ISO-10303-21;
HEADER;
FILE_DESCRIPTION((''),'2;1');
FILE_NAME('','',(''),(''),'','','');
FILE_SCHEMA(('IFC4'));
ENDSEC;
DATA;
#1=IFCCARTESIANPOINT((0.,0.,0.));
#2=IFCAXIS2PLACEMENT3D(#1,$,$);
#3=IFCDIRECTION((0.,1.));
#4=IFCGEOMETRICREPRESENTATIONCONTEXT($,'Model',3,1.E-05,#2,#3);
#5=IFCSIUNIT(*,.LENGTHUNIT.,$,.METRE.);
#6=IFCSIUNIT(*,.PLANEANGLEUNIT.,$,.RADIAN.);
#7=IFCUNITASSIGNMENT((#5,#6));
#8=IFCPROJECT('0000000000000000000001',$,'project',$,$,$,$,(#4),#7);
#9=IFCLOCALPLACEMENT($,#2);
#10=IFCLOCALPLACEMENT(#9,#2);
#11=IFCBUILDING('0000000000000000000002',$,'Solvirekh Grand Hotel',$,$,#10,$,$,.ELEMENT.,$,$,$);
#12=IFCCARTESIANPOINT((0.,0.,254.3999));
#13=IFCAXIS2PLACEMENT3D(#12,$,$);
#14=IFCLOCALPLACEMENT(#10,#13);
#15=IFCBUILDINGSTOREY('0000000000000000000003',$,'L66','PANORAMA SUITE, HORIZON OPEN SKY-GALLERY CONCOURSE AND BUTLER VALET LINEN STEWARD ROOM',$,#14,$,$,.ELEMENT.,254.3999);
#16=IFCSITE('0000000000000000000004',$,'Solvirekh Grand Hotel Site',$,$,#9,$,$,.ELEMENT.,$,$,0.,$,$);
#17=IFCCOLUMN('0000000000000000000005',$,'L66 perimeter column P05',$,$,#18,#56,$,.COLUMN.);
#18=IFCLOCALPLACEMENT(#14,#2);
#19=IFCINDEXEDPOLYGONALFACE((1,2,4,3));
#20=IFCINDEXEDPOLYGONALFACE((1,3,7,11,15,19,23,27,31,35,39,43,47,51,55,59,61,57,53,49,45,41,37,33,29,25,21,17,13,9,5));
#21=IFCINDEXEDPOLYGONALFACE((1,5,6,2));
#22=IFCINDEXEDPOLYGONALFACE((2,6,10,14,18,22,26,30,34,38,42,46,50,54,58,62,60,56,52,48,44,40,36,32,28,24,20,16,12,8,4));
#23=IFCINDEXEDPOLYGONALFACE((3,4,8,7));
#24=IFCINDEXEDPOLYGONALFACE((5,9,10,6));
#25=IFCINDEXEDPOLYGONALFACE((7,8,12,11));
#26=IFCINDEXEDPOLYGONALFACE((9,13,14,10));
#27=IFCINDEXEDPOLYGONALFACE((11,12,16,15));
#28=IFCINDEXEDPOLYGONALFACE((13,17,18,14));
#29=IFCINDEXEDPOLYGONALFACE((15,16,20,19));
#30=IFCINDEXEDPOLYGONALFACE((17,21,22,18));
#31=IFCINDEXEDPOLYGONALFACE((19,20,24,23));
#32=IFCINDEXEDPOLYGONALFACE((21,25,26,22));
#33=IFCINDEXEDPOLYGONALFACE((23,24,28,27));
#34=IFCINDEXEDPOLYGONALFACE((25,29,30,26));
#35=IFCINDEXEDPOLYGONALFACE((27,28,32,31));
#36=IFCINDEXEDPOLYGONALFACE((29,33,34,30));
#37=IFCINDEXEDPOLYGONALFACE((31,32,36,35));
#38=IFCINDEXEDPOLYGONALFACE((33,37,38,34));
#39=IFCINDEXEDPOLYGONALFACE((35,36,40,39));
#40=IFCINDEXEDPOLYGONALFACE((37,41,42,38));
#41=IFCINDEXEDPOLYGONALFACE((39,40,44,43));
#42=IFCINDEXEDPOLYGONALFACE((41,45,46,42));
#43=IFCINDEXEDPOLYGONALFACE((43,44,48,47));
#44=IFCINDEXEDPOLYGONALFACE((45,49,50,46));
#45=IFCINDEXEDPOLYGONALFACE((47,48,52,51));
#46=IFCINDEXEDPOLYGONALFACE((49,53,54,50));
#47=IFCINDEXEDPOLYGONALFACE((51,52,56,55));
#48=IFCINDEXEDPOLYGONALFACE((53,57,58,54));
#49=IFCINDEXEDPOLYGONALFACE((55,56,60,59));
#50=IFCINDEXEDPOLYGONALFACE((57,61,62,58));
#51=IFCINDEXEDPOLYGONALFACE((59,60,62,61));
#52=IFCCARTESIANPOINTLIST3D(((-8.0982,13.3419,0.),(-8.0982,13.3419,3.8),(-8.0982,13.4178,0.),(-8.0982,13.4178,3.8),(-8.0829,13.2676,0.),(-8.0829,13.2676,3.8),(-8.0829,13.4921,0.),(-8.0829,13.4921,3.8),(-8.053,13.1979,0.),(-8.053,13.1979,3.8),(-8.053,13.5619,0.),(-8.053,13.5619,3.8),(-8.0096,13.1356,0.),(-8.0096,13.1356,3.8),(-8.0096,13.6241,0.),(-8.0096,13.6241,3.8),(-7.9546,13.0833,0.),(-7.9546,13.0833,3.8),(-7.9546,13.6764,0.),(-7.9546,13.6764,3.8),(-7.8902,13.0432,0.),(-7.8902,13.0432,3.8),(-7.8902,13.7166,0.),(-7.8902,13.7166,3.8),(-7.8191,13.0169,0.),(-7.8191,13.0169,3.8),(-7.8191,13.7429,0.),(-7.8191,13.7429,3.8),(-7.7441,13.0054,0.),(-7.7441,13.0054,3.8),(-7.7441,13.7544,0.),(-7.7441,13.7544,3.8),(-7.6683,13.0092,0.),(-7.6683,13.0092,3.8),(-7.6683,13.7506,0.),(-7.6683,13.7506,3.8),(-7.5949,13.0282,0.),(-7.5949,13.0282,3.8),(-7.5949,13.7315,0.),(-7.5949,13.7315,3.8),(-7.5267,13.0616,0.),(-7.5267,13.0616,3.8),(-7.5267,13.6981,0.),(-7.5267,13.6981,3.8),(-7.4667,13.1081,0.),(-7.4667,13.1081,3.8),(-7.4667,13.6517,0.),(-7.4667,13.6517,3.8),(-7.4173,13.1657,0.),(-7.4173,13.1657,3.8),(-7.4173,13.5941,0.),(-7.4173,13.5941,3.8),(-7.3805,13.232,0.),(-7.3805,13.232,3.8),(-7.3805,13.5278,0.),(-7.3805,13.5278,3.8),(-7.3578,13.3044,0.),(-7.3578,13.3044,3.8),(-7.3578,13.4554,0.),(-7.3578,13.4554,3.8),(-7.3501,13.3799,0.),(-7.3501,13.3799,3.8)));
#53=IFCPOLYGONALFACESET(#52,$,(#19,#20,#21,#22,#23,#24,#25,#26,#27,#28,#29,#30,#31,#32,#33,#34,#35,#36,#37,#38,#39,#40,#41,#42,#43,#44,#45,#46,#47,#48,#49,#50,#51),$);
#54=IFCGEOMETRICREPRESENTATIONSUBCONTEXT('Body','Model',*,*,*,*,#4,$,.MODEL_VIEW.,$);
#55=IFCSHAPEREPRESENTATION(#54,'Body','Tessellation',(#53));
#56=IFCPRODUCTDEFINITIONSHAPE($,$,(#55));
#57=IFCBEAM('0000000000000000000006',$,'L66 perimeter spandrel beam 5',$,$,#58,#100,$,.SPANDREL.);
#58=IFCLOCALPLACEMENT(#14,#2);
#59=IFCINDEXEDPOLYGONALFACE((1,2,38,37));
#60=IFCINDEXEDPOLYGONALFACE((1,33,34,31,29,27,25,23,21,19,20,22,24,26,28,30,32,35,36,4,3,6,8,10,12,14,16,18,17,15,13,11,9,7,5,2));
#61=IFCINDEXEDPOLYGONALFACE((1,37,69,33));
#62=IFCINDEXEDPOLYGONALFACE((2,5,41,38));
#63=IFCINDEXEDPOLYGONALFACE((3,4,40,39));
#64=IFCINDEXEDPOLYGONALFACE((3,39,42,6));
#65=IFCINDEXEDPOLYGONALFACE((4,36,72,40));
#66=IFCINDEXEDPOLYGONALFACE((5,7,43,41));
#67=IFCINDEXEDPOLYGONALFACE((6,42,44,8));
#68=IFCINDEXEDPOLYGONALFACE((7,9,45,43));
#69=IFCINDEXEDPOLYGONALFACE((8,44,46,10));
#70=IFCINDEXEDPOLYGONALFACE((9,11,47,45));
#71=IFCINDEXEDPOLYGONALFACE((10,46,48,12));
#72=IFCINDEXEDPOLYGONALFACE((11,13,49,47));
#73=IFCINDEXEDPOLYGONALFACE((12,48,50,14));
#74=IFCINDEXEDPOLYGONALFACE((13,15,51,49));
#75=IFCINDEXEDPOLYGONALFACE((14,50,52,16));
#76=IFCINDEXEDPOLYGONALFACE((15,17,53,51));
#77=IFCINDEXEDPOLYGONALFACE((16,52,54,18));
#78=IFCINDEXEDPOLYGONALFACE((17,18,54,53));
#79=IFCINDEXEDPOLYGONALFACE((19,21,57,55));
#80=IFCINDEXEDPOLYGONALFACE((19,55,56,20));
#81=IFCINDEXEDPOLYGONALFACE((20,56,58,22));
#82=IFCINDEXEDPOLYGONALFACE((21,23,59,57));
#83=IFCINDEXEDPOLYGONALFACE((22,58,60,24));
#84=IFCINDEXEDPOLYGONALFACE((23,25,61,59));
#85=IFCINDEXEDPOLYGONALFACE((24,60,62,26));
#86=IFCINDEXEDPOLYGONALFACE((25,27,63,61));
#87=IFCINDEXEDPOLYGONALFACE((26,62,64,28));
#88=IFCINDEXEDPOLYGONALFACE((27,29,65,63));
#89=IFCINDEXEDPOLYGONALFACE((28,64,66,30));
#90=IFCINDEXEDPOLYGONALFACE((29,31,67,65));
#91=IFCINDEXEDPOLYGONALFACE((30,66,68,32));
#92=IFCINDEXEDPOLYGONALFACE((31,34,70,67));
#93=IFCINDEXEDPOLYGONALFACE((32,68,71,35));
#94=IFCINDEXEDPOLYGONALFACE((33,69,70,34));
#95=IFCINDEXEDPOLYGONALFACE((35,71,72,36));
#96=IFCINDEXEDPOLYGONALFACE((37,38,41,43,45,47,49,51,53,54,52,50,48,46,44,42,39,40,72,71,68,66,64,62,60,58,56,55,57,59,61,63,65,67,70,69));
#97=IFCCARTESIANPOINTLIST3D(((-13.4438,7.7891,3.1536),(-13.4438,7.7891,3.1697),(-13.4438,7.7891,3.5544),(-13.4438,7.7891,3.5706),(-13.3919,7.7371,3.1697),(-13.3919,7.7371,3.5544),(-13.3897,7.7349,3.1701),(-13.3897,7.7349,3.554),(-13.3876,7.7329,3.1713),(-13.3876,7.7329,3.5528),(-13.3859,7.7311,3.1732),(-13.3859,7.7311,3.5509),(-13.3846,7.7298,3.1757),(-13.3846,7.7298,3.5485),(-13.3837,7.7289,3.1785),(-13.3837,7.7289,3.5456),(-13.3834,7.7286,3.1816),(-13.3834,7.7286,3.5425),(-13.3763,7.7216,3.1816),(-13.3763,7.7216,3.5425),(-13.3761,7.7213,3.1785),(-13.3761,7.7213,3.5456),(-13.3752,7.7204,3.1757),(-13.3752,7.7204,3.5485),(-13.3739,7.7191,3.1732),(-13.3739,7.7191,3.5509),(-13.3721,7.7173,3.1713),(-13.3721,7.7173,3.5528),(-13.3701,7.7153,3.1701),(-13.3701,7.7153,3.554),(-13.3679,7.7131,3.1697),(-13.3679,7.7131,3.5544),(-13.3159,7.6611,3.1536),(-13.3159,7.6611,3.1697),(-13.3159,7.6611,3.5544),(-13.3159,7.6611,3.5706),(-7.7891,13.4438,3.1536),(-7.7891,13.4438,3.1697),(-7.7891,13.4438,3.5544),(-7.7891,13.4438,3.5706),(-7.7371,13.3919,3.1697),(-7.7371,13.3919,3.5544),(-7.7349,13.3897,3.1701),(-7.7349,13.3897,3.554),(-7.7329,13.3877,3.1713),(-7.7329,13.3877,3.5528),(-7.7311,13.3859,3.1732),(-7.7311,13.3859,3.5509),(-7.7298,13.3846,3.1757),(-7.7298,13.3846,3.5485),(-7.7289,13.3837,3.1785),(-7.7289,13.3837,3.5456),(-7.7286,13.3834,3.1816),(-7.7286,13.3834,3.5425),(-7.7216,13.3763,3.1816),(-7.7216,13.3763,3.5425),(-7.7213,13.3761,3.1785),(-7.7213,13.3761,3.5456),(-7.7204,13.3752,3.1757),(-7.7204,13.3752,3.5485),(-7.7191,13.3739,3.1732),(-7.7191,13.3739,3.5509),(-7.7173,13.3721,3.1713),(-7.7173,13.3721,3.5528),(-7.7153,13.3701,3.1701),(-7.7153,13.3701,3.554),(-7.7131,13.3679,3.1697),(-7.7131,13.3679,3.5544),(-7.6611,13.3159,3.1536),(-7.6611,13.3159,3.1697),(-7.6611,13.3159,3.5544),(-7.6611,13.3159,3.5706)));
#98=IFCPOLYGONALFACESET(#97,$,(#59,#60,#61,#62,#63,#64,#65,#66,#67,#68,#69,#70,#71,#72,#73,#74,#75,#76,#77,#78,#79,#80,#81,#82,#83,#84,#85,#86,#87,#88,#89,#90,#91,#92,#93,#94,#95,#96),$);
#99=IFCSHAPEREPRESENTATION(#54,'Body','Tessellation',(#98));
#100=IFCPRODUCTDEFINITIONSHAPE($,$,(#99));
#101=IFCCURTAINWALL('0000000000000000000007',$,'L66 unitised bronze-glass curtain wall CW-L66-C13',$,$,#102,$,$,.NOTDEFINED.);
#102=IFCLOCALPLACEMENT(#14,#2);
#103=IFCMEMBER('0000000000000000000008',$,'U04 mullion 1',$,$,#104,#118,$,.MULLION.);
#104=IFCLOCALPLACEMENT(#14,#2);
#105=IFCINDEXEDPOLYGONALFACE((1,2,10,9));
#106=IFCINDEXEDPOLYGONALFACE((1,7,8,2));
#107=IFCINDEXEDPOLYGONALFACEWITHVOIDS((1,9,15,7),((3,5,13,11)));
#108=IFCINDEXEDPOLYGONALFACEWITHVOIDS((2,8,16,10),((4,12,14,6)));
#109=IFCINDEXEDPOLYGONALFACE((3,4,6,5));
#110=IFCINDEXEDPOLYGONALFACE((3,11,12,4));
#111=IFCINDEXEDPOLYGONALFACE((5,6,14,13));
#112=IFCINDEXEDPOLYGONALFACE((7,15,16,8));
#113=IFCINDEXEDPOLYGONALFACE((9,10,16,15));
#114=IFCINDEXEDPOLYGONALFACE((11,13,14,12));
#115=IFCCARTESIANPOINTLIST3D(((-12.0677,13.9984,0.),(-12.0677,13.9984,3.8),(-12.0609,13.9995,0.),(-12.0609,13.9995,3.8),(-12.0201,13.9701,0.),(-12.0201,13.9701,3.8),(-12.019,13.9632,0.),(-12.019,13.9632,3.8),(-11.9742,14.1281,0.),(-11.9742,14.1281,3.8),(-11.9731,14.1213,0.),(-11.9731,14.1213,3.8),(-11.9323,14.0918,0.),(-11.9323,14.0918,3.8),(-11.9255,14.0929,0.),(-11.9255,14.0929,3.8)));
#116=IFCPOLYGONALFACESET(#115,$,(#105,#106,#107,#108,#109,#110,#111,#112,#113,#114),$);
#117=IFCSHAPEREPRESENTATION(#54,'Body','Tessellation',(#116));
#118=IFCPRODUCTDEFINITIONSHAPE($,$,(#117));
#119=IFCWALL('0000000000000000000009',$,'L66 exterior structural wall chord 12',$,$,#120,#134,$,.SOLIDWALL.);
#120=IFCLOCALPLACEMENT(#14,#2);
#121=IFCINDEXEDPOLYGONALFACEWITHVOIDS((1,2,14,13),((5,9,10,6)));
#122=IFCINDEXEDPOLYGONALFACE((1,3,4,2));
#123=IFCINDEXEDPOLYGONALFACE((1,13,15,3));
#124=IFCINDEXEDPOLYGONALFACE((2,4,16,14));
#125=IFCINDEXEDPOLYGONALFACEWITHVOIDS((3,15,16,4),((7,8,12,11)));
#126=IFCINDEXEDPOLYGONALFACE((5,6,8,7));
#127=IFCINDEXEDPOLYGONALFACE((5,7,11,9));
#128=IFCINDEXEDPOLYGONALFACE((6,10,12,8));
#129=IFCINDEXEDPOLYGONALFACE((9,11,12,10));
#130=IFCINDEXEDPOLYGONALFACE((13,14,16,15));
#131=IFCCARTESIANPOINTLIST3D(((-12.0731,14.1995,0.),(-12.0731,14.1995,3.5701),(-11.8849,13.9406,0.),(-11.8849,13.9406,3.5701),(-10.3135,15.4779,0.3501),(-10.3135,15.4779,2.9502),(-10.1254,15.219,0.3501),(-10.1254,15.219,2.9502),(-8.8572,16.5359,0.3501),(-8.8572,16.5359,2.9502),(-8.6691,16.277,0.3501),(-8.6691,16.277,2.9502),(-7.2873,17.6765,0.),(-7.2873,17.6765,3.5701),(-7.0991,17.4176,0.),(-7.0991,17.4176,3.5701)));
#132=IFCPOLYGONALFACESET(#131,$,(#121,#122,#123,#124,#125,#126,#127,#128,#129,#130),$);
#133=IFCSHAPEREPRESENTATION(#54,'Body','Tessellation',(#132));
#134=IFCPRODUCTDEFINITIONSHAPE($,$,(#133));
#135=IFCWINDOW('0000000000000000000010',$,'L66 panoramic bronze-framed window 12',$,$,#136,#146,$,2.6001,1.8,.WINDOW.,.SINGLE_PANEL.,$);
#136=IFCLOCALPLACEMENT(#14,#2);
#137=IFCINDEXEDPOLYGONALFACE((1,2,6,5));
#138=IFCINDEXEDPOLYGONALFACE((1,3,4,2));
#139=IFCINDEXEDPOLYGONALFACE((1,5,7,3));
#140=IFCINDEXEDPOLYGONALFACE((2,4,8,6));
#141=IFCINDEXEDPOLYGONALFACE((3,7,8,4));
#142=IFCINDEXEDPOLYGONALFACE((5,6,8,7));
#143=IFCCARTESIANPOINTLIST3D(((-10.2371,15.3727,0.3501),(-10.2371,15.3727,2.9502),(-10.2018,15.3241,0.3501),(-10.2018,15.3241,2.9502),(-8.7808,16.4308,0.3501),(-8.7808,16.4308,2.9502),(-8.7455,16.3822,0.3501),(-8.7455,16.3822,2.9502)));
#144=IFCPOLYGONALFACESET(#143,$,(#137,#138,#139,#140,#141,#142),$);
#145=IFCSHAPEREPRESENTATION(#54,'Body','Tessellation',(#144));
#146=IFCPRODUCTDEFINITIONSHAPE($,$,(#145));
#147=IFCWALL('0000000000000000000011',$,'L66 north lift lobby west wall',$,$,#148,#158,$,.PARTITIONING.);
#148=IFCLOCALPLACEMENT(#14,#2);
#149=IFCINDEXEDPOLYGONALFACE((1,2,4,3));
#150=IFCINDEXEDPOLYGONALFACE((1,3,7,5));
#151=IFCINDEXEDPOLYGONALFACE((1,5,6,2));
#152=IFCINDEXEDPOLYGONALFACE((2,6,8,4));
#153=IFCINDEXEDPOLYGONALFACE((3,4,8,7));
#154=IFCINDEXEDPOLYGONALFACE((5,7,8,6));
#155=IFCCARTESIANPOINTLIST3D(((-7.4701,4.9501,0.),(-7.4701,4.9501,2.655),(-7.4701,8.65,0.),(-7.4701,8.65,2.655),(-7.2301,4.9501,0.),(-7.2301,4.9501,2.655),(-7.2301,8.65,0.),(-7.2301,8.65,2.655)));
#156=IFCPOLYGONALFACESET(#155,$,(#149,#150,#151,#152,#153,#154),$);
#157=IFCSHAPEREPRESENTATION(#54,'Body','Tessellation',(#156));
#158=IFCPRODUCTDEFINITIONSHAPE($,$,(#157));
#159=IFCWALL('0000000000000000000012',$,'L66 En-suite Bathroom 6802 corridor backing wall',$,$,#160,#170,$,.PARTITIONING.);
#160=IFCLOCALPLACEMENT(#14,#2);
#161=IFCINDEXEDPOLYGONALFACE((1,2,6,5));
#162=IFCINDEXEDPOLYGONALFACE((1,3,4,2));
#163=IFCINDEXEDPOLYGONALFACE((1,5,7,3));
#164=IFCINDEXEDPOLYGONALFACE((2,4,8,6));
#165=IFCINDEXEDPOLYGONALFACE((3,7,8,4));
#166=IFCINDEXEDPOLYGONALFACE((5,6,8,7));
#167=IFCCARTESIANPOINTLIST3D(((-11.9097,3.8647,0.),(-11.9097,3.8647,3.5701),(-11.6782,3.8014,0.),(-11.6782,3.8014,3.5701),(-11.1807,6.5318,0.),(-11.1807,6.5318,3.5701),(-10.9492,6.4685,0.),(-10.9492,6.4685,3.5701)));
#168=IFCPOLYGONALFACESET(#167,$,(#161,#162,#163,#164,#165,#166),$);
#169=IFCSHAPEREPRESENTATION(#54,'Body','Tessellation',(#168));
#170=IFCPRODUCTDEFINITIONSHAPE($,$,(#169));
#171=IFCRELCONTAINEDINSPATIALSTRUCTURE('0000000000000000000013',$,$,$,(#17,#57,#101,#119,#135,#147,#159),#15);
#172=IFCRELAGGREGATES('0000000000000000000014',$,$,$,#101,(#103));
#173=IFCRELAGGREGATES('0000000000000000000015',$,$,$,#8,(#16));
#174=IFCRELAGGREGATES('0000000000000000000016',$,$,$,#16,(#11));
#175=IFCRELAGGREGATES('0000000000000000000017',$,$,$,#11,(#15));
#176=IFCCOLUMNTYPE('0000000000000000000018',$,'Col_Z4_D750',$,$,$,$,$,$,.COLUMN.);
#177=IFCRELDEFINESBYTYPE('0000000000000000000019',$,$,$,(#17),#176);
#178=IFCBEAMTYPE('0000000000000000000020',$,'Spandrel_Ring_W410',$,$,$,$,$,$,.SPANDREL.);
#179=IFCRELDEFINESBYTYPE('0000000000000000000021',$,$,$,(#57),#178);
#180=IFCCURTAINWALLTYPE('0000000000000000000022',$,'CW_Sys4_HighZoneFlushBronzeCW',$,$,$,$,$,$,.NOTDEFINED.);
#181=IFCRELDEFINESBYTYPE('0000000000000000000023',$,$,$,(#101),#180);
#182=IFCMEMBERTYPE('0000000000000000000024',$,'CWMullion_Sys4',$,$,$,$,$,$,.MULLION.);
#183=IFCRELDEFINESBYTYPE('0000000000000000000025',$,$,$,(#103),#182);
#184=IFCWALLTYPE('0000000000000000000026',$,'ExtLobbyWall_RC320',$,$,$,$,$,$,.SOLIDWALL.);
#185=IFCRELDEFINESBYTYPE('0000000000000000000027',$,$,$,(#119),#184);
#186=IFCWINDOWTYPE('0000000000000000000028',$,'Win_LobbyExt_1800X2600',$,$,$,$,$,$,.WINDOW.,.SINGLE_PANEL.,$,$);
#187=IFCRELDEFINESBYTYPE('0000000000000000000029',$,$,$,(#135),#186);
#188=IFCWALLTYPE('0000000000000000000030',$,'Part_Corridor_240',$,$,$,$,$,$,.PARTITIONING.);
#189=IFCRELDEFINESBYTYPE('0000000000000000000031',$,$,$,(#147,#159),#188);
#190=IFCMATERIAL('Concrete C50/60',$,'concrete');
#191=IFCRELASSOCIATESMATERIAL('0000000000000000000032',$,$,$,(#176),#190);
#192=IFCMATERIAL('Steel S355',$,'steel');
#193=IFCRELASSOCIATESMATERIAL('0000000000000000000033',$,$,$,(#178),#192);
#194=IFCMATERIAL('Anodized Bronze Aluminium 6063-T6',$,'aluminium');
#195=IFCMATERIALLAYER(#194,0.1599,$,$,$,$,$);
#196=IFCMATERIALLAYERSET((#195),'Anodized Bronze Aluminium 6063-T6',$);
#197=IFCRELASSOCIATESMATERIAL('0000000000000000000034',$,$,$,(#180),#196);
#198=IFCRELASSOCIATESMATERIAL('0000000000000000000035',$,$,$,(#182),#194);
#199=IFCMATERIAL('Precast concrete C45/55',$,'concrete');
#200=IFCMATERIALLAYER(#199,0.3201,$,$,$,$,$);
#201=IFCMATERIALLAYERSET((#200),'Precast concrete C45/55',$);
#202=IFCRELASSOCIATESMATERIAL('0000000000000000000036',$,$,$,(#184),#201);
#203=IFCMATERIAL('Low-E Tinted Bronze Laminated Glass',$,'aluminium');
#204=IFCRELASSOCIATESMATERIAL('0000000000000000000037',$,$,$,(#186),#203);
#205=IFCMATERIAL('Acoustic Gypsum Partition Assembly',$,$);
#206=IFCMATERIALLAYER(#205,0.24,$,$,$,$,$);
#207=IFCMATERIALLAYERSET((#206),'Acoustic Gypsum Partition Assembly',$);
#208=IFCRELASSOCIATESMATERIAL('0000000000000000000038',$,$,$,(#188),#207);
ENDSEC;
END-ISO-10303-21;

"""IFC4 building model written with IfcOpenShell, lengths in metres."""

from ifc_helpers import new_model, si_unit, direction, frame, frame_2d, origin, origin_2d, place, context, subcontext, project, spatial, rectangle, hollow_rectangle, circle, i_section, extrude, source, transform, mapped, material, layer, layer_set, material_profile, profile_set, type_object, element, fill, aggregate, save


model = new_model("IFC4")

# Units and contexts
model_context = context("Model", 3, precision=1e-05, world=origin(), true_north=direction((0.0, 1.0)))
body_context = subcontext(model_context, "Body", "Model", "MODEL_VIEW")
ifc_project = project(units=[si_unit("LENGTHUNIT", "METRE"), si_unit("PLANEANGLEUNIT", "RADIAN")], contexts=[model_context])

# Site, building, storey
site_placement = place(None, origin())
site = spatial("IfcSite", under=ifc_project, at=site_placement, Name="Solvirekh Grand Hotel Site", CompositionType="ELEMENT", RefElevation=0.0)
building_placement = place(site_placement, origin())
building = spatial("IfcBuilding", under=site, at=building_placement, Name="Solvirekh Grand Hotel", CompositionType="ELEMENT")
storey_placement = place(building_placement, frame((0.0, 0.0, 254.3999)))
storey = spatial("IfcBuildingStorey", under=building, at=storey_placement, Name="L66", Description="PANORAMA SUITE, HORIZON OPEN SKY-GALLERY CONCOURSE AND BUTLER VALET LINEN STEWARD ROOM", CompositionType="ELEMENT", Elevation=254.3999)

# Column
ifc_material_1 = material(Name="Concrete C50/60", Category="concrete")
ifc_material_profile_1 = material_profile(ifc_material_1, circle(Radius=0.375, at=origin_2d()), Name="RC CIRC D750")
ifc_profile_set_1 = profile_set([ifc_material_profile_1], Name="Concrete C50/60")
column_type = type_object("IfcColumnType", Name="Col_Z4_D750", PredefinedType="COLUMN", material=ifc_profile_set_1)
column_placement = place(storey_placement, frame((-7.7251, 13.3799, 0.0), z_axis=(0.0, 0.0, 1.0), x_axis=(1.0, 0.0, 0.0)))
element("IfcColumn", 1, at=column_placement, inside=storey, type_object=column_type, Name="L66 perimeter column P05", PredefinedType="COLUMN", context=body_context, shape_type="SweptSolid", body=[
    extrude(circle(Radius=0.375, at=origin_2d()), origin(), (0.0, 0.0, 1.0), 3.8),
])

# Beam
ifc_material_2 = material(Name="Steel S355", Category="steel")
ifc_material_profile_2 = material_profile(ifc_material_2, i_section(OverallWidth=0.1809, OverallDepth=0.417, WebThickness=0.01, FlangeThickness=0.0161, FilletRadius=0.012, at=origin_2d()), Name="W410X85")
ifc_profile_set_2 = profile_set([ifc_material_profile_2], Name="Steel S355")
beam_type = type_object("IfcBeamType", Name="Spandrel_Ring_W410", PredefinedType="SPANDREL", material=ifc_profile_set_2)
beam_placement = place(storey_placement, frame((-7.7251, 13.3799, 3.3621), z_axis=(-0.707107, -0.707107, 0.0), x_axis=(0.707107, -0.707107, 0.0)))
element("IfcBeam", 2, at=beam_placement, inside=storey, type_object=beam_type, Name="L66 perimeter spandrel beam 5", PredefinedType="SPANDREL", context=body_context, shape_type="SweptSolid", body=[
    extrude(i_section(OverallWidth=0.1809, OverallDepth=0.417, WebThickness=0.01, FlangeThickness=0.0161, FilletRadius=0.012, at=origin_2d()), origin(), (0.0, 0.0, 1.0), 7.9971),
])

# Curtain wall, member
ifc_material_3 = material(Name="Anodized Bronze Aluminium 6063-T6", Category="aluminium")
ifc_layer_1 = layer(ifc_material_3, 0.1599)
ifc_layer_set_1 = layer_set([ifc_layer_1], Name="Anodized Bronze Aluminium 6063-T6")
curtain_wall_type = type_object("IfcCurtainWallType", Name="CW_Sys4_HighZoneFlushBronzeCW", PredefinedType="NOTDEFINED", material=ifc_layer_set_1)
curtain_wall_placement = place(storey_placement, origin())
curtain_wall = element("IfcCurtainWall", 3, at=curtain_wall_placement, inside=storey, type_object=curtain_wall_type, Name="L66 unitised bronze-glass curtain wall CW-L66-C13", PredefinedType="NOTDEFINED")
ifc_material_profile_3 = material_profile(ifc_material_3, hollow_rectangle(XDim=0.0601, YDim=0.1599, WallThickness=0.0049, at=origin_2d()), Name="ALU RHS 160X60X5")
ifc_profile_set_3 = profile_set([ifc_material_profile_3], Name="Anodized Bronze Aluminium 6063-T6")
member_type = type_object("IfcMemberType", Name="CWMullion_Sys4", PredefinedType="MULLION", material=ifc_profile_set_3)
shared_shape = source(origin(), body_context, "Body", "SweptSolid", [
    extrude(hollow_rectangle(XDim=0.0601, YDim=0.1599, WallThickness=0.0049, at=origin_2d()), origin(), (0.0, 0.0, 1.0), 3.8),
])
member_placement = place(storey_placement, frame((-11.9966, 14.0457, 0.0), z_axis=(0.0, 0.0, 1.0), x_axis=(0.811049, -0.584978, 0.0)))
member = element("IfcMember", 4, at=member_placement, type_object=member_type, Name="U04 mullion 1", PredefinedType="MULLION", context=body_context, shape_type="MappedRepresentation", body=[
    mapped(shared_shape, transform((0.0, 0.0, 0.0), x_axis=(1.0, 0.0, 0.0), y_axis=(0.0, 1.0, 0.0), z_axis=(0.0, 0.0, 1.0), scale=1.0)),
])
aggregate(curtain_wall, [member])

# Wall, opening, window
ifc_material_4 = material(Name="Precast concrete C45/55", Category="concrete")
ifc_layer_2 = layer(ifc_material_4, 0.3201)
ifc_layer_set_2 = layer_set([ifc_layer_2], Name="Precast concrete C45/55")
wall_type_1 = type_object("IfcWallType", Name="ExtLobbyWall_RC320", PredefinedType="SOLIDWALL", material=ifc_layer_set_2)
wall_1_placement = place(storey_placement, frame((-11.979, 14.0701, 0.0), z_axis=(0.0, 0.0, 1.0), x_axis=(0.809025, 0.587774, 0.0)))
wall_1 = element("IfcWall", 5, at=wall_1_placement, inside=storey, type_object=wall_type_1, Name="L66 exterior structural wall chord 12", PredefinedType="SOLIDWALL", context=body_context, shape_type="SweptSolid", body=[
    extrude(rectangle(XDim=5.9155, YDim=0.3201, at=frame_2d((2.9578, 0.0))), origin(), (0.0, 0.0, 1.0), 3.5701),
])
opening_1_placement = place(wall_1_placement, frame((2.175, 0.0, 0.3501)))
opening_1 = element("IfcOpeningElement", 6, at=opening_1_placement, cuts=wall_1, PredefinedType="OPENING", context=body_context, shape_type="SweptSolid", body=[
    extrude(rectangle(XDim=1.8, YDim=2.6001, at=frame_2d((0.8999, 1.3))), frame((0.0, 0.1699, 0.0), z_axis=(0.0, -1.0, 0.0), x_axis=(1.0, 0.0, 0.0)), (0.0, 0.0, 1.0), 0.3401),
])
ifc_material_5 = material(Name="Low-E Tinted Bronze Laminated Glass", Category="aluminium")
window_type = type_object("IfcWindowType", Name="Win_LobbyExt_1800X2600", PartitioningType="SINGLE_PANEL", PredefinedType="WINDOW", material=ifc_material_5)
window_placement = place(opening_1_placement, origin())
window = element("IfcWindow", 7, at=window_placement, inside=storey, type_object=window_type, Name="L66 panoramic bronze-framed window 12", OverallHeight=2.6001, OverallWidth=1.8, PartitioningType="SINGLE_PANEL", PredefinedType="WINDOW", context=body_context, shape_type="SweptSolid", body=[
    extrude(rectangle(XDim=1.8, YDim=2.6001, at=frame_2d((0.8999, 1.3))), frame((0.0, 0.03, 0.0), z_axis=(0.0, -1.0, 0.0), x_axis=(1.0, 0.0, 0.0)), (0.0, 0.0, 1.0), 0.0601),
])
fill(opening_1, window)

# Walls
ifc_material_6 = material(Name="Acoustic Gypsum Partition Assembly")
ifc_layer_3 = layer(ifc_material_6, 0.24)
ifc_layer_set_3 = layer_set([ifc_layer_3], Name="Acoustic Gypsum Partition Assembly")
wall_type_2 = type_object("IfcWallType", Name="Part_Corridor_240", PredefinedType="PARTITIONING", material=ifc_layer_set_3)
wall_2_placement = place(storey_placement, frame((-7.3501, 4.95, 0.0), z_axis=(0.0, 0.0, 1.0), x_axis=(0.0, 1.0, 0.0)))
element("IfcWall", 8, at=wall_2_placement, inside=storey, type_object=wall_type_2, Name="L66 north lift lobby west wall", PredefinedType="PARTITIONING", context=body_context, shape_type="SweptSolid", body=[
    extrude(rectangle(XDim=3.7, YDim=0.24, at=frame_2d((1.8501, 0.0))), origin(), (0.0, 0.0, 1.0), 2.655),
])
wall_3_placement = place(storey_placement, frame((-11.0649, 6.5, 0.0), z_axis=(0.0, 0.0, 1.0), x_axis=(-0.26367, -0.964613, 0.0)))
element("IfcWall", 9, at=wall_3_placement, inside=storey, type_object=wall_type_2, Name="L66 En-suite Bathroom 6802 corridor backing wall", PredefinedType="PARTITIONING", context=body_context, shape_type="SweptSolid", body=[
    extrude(rectangle(XDim=2.7649, YDim=0.24, at=frame_2d((1.3823, 0.0))), origin(), (0.0, 0.0, 1.0), 3.5701),
])

save(model, "model.ifc")
